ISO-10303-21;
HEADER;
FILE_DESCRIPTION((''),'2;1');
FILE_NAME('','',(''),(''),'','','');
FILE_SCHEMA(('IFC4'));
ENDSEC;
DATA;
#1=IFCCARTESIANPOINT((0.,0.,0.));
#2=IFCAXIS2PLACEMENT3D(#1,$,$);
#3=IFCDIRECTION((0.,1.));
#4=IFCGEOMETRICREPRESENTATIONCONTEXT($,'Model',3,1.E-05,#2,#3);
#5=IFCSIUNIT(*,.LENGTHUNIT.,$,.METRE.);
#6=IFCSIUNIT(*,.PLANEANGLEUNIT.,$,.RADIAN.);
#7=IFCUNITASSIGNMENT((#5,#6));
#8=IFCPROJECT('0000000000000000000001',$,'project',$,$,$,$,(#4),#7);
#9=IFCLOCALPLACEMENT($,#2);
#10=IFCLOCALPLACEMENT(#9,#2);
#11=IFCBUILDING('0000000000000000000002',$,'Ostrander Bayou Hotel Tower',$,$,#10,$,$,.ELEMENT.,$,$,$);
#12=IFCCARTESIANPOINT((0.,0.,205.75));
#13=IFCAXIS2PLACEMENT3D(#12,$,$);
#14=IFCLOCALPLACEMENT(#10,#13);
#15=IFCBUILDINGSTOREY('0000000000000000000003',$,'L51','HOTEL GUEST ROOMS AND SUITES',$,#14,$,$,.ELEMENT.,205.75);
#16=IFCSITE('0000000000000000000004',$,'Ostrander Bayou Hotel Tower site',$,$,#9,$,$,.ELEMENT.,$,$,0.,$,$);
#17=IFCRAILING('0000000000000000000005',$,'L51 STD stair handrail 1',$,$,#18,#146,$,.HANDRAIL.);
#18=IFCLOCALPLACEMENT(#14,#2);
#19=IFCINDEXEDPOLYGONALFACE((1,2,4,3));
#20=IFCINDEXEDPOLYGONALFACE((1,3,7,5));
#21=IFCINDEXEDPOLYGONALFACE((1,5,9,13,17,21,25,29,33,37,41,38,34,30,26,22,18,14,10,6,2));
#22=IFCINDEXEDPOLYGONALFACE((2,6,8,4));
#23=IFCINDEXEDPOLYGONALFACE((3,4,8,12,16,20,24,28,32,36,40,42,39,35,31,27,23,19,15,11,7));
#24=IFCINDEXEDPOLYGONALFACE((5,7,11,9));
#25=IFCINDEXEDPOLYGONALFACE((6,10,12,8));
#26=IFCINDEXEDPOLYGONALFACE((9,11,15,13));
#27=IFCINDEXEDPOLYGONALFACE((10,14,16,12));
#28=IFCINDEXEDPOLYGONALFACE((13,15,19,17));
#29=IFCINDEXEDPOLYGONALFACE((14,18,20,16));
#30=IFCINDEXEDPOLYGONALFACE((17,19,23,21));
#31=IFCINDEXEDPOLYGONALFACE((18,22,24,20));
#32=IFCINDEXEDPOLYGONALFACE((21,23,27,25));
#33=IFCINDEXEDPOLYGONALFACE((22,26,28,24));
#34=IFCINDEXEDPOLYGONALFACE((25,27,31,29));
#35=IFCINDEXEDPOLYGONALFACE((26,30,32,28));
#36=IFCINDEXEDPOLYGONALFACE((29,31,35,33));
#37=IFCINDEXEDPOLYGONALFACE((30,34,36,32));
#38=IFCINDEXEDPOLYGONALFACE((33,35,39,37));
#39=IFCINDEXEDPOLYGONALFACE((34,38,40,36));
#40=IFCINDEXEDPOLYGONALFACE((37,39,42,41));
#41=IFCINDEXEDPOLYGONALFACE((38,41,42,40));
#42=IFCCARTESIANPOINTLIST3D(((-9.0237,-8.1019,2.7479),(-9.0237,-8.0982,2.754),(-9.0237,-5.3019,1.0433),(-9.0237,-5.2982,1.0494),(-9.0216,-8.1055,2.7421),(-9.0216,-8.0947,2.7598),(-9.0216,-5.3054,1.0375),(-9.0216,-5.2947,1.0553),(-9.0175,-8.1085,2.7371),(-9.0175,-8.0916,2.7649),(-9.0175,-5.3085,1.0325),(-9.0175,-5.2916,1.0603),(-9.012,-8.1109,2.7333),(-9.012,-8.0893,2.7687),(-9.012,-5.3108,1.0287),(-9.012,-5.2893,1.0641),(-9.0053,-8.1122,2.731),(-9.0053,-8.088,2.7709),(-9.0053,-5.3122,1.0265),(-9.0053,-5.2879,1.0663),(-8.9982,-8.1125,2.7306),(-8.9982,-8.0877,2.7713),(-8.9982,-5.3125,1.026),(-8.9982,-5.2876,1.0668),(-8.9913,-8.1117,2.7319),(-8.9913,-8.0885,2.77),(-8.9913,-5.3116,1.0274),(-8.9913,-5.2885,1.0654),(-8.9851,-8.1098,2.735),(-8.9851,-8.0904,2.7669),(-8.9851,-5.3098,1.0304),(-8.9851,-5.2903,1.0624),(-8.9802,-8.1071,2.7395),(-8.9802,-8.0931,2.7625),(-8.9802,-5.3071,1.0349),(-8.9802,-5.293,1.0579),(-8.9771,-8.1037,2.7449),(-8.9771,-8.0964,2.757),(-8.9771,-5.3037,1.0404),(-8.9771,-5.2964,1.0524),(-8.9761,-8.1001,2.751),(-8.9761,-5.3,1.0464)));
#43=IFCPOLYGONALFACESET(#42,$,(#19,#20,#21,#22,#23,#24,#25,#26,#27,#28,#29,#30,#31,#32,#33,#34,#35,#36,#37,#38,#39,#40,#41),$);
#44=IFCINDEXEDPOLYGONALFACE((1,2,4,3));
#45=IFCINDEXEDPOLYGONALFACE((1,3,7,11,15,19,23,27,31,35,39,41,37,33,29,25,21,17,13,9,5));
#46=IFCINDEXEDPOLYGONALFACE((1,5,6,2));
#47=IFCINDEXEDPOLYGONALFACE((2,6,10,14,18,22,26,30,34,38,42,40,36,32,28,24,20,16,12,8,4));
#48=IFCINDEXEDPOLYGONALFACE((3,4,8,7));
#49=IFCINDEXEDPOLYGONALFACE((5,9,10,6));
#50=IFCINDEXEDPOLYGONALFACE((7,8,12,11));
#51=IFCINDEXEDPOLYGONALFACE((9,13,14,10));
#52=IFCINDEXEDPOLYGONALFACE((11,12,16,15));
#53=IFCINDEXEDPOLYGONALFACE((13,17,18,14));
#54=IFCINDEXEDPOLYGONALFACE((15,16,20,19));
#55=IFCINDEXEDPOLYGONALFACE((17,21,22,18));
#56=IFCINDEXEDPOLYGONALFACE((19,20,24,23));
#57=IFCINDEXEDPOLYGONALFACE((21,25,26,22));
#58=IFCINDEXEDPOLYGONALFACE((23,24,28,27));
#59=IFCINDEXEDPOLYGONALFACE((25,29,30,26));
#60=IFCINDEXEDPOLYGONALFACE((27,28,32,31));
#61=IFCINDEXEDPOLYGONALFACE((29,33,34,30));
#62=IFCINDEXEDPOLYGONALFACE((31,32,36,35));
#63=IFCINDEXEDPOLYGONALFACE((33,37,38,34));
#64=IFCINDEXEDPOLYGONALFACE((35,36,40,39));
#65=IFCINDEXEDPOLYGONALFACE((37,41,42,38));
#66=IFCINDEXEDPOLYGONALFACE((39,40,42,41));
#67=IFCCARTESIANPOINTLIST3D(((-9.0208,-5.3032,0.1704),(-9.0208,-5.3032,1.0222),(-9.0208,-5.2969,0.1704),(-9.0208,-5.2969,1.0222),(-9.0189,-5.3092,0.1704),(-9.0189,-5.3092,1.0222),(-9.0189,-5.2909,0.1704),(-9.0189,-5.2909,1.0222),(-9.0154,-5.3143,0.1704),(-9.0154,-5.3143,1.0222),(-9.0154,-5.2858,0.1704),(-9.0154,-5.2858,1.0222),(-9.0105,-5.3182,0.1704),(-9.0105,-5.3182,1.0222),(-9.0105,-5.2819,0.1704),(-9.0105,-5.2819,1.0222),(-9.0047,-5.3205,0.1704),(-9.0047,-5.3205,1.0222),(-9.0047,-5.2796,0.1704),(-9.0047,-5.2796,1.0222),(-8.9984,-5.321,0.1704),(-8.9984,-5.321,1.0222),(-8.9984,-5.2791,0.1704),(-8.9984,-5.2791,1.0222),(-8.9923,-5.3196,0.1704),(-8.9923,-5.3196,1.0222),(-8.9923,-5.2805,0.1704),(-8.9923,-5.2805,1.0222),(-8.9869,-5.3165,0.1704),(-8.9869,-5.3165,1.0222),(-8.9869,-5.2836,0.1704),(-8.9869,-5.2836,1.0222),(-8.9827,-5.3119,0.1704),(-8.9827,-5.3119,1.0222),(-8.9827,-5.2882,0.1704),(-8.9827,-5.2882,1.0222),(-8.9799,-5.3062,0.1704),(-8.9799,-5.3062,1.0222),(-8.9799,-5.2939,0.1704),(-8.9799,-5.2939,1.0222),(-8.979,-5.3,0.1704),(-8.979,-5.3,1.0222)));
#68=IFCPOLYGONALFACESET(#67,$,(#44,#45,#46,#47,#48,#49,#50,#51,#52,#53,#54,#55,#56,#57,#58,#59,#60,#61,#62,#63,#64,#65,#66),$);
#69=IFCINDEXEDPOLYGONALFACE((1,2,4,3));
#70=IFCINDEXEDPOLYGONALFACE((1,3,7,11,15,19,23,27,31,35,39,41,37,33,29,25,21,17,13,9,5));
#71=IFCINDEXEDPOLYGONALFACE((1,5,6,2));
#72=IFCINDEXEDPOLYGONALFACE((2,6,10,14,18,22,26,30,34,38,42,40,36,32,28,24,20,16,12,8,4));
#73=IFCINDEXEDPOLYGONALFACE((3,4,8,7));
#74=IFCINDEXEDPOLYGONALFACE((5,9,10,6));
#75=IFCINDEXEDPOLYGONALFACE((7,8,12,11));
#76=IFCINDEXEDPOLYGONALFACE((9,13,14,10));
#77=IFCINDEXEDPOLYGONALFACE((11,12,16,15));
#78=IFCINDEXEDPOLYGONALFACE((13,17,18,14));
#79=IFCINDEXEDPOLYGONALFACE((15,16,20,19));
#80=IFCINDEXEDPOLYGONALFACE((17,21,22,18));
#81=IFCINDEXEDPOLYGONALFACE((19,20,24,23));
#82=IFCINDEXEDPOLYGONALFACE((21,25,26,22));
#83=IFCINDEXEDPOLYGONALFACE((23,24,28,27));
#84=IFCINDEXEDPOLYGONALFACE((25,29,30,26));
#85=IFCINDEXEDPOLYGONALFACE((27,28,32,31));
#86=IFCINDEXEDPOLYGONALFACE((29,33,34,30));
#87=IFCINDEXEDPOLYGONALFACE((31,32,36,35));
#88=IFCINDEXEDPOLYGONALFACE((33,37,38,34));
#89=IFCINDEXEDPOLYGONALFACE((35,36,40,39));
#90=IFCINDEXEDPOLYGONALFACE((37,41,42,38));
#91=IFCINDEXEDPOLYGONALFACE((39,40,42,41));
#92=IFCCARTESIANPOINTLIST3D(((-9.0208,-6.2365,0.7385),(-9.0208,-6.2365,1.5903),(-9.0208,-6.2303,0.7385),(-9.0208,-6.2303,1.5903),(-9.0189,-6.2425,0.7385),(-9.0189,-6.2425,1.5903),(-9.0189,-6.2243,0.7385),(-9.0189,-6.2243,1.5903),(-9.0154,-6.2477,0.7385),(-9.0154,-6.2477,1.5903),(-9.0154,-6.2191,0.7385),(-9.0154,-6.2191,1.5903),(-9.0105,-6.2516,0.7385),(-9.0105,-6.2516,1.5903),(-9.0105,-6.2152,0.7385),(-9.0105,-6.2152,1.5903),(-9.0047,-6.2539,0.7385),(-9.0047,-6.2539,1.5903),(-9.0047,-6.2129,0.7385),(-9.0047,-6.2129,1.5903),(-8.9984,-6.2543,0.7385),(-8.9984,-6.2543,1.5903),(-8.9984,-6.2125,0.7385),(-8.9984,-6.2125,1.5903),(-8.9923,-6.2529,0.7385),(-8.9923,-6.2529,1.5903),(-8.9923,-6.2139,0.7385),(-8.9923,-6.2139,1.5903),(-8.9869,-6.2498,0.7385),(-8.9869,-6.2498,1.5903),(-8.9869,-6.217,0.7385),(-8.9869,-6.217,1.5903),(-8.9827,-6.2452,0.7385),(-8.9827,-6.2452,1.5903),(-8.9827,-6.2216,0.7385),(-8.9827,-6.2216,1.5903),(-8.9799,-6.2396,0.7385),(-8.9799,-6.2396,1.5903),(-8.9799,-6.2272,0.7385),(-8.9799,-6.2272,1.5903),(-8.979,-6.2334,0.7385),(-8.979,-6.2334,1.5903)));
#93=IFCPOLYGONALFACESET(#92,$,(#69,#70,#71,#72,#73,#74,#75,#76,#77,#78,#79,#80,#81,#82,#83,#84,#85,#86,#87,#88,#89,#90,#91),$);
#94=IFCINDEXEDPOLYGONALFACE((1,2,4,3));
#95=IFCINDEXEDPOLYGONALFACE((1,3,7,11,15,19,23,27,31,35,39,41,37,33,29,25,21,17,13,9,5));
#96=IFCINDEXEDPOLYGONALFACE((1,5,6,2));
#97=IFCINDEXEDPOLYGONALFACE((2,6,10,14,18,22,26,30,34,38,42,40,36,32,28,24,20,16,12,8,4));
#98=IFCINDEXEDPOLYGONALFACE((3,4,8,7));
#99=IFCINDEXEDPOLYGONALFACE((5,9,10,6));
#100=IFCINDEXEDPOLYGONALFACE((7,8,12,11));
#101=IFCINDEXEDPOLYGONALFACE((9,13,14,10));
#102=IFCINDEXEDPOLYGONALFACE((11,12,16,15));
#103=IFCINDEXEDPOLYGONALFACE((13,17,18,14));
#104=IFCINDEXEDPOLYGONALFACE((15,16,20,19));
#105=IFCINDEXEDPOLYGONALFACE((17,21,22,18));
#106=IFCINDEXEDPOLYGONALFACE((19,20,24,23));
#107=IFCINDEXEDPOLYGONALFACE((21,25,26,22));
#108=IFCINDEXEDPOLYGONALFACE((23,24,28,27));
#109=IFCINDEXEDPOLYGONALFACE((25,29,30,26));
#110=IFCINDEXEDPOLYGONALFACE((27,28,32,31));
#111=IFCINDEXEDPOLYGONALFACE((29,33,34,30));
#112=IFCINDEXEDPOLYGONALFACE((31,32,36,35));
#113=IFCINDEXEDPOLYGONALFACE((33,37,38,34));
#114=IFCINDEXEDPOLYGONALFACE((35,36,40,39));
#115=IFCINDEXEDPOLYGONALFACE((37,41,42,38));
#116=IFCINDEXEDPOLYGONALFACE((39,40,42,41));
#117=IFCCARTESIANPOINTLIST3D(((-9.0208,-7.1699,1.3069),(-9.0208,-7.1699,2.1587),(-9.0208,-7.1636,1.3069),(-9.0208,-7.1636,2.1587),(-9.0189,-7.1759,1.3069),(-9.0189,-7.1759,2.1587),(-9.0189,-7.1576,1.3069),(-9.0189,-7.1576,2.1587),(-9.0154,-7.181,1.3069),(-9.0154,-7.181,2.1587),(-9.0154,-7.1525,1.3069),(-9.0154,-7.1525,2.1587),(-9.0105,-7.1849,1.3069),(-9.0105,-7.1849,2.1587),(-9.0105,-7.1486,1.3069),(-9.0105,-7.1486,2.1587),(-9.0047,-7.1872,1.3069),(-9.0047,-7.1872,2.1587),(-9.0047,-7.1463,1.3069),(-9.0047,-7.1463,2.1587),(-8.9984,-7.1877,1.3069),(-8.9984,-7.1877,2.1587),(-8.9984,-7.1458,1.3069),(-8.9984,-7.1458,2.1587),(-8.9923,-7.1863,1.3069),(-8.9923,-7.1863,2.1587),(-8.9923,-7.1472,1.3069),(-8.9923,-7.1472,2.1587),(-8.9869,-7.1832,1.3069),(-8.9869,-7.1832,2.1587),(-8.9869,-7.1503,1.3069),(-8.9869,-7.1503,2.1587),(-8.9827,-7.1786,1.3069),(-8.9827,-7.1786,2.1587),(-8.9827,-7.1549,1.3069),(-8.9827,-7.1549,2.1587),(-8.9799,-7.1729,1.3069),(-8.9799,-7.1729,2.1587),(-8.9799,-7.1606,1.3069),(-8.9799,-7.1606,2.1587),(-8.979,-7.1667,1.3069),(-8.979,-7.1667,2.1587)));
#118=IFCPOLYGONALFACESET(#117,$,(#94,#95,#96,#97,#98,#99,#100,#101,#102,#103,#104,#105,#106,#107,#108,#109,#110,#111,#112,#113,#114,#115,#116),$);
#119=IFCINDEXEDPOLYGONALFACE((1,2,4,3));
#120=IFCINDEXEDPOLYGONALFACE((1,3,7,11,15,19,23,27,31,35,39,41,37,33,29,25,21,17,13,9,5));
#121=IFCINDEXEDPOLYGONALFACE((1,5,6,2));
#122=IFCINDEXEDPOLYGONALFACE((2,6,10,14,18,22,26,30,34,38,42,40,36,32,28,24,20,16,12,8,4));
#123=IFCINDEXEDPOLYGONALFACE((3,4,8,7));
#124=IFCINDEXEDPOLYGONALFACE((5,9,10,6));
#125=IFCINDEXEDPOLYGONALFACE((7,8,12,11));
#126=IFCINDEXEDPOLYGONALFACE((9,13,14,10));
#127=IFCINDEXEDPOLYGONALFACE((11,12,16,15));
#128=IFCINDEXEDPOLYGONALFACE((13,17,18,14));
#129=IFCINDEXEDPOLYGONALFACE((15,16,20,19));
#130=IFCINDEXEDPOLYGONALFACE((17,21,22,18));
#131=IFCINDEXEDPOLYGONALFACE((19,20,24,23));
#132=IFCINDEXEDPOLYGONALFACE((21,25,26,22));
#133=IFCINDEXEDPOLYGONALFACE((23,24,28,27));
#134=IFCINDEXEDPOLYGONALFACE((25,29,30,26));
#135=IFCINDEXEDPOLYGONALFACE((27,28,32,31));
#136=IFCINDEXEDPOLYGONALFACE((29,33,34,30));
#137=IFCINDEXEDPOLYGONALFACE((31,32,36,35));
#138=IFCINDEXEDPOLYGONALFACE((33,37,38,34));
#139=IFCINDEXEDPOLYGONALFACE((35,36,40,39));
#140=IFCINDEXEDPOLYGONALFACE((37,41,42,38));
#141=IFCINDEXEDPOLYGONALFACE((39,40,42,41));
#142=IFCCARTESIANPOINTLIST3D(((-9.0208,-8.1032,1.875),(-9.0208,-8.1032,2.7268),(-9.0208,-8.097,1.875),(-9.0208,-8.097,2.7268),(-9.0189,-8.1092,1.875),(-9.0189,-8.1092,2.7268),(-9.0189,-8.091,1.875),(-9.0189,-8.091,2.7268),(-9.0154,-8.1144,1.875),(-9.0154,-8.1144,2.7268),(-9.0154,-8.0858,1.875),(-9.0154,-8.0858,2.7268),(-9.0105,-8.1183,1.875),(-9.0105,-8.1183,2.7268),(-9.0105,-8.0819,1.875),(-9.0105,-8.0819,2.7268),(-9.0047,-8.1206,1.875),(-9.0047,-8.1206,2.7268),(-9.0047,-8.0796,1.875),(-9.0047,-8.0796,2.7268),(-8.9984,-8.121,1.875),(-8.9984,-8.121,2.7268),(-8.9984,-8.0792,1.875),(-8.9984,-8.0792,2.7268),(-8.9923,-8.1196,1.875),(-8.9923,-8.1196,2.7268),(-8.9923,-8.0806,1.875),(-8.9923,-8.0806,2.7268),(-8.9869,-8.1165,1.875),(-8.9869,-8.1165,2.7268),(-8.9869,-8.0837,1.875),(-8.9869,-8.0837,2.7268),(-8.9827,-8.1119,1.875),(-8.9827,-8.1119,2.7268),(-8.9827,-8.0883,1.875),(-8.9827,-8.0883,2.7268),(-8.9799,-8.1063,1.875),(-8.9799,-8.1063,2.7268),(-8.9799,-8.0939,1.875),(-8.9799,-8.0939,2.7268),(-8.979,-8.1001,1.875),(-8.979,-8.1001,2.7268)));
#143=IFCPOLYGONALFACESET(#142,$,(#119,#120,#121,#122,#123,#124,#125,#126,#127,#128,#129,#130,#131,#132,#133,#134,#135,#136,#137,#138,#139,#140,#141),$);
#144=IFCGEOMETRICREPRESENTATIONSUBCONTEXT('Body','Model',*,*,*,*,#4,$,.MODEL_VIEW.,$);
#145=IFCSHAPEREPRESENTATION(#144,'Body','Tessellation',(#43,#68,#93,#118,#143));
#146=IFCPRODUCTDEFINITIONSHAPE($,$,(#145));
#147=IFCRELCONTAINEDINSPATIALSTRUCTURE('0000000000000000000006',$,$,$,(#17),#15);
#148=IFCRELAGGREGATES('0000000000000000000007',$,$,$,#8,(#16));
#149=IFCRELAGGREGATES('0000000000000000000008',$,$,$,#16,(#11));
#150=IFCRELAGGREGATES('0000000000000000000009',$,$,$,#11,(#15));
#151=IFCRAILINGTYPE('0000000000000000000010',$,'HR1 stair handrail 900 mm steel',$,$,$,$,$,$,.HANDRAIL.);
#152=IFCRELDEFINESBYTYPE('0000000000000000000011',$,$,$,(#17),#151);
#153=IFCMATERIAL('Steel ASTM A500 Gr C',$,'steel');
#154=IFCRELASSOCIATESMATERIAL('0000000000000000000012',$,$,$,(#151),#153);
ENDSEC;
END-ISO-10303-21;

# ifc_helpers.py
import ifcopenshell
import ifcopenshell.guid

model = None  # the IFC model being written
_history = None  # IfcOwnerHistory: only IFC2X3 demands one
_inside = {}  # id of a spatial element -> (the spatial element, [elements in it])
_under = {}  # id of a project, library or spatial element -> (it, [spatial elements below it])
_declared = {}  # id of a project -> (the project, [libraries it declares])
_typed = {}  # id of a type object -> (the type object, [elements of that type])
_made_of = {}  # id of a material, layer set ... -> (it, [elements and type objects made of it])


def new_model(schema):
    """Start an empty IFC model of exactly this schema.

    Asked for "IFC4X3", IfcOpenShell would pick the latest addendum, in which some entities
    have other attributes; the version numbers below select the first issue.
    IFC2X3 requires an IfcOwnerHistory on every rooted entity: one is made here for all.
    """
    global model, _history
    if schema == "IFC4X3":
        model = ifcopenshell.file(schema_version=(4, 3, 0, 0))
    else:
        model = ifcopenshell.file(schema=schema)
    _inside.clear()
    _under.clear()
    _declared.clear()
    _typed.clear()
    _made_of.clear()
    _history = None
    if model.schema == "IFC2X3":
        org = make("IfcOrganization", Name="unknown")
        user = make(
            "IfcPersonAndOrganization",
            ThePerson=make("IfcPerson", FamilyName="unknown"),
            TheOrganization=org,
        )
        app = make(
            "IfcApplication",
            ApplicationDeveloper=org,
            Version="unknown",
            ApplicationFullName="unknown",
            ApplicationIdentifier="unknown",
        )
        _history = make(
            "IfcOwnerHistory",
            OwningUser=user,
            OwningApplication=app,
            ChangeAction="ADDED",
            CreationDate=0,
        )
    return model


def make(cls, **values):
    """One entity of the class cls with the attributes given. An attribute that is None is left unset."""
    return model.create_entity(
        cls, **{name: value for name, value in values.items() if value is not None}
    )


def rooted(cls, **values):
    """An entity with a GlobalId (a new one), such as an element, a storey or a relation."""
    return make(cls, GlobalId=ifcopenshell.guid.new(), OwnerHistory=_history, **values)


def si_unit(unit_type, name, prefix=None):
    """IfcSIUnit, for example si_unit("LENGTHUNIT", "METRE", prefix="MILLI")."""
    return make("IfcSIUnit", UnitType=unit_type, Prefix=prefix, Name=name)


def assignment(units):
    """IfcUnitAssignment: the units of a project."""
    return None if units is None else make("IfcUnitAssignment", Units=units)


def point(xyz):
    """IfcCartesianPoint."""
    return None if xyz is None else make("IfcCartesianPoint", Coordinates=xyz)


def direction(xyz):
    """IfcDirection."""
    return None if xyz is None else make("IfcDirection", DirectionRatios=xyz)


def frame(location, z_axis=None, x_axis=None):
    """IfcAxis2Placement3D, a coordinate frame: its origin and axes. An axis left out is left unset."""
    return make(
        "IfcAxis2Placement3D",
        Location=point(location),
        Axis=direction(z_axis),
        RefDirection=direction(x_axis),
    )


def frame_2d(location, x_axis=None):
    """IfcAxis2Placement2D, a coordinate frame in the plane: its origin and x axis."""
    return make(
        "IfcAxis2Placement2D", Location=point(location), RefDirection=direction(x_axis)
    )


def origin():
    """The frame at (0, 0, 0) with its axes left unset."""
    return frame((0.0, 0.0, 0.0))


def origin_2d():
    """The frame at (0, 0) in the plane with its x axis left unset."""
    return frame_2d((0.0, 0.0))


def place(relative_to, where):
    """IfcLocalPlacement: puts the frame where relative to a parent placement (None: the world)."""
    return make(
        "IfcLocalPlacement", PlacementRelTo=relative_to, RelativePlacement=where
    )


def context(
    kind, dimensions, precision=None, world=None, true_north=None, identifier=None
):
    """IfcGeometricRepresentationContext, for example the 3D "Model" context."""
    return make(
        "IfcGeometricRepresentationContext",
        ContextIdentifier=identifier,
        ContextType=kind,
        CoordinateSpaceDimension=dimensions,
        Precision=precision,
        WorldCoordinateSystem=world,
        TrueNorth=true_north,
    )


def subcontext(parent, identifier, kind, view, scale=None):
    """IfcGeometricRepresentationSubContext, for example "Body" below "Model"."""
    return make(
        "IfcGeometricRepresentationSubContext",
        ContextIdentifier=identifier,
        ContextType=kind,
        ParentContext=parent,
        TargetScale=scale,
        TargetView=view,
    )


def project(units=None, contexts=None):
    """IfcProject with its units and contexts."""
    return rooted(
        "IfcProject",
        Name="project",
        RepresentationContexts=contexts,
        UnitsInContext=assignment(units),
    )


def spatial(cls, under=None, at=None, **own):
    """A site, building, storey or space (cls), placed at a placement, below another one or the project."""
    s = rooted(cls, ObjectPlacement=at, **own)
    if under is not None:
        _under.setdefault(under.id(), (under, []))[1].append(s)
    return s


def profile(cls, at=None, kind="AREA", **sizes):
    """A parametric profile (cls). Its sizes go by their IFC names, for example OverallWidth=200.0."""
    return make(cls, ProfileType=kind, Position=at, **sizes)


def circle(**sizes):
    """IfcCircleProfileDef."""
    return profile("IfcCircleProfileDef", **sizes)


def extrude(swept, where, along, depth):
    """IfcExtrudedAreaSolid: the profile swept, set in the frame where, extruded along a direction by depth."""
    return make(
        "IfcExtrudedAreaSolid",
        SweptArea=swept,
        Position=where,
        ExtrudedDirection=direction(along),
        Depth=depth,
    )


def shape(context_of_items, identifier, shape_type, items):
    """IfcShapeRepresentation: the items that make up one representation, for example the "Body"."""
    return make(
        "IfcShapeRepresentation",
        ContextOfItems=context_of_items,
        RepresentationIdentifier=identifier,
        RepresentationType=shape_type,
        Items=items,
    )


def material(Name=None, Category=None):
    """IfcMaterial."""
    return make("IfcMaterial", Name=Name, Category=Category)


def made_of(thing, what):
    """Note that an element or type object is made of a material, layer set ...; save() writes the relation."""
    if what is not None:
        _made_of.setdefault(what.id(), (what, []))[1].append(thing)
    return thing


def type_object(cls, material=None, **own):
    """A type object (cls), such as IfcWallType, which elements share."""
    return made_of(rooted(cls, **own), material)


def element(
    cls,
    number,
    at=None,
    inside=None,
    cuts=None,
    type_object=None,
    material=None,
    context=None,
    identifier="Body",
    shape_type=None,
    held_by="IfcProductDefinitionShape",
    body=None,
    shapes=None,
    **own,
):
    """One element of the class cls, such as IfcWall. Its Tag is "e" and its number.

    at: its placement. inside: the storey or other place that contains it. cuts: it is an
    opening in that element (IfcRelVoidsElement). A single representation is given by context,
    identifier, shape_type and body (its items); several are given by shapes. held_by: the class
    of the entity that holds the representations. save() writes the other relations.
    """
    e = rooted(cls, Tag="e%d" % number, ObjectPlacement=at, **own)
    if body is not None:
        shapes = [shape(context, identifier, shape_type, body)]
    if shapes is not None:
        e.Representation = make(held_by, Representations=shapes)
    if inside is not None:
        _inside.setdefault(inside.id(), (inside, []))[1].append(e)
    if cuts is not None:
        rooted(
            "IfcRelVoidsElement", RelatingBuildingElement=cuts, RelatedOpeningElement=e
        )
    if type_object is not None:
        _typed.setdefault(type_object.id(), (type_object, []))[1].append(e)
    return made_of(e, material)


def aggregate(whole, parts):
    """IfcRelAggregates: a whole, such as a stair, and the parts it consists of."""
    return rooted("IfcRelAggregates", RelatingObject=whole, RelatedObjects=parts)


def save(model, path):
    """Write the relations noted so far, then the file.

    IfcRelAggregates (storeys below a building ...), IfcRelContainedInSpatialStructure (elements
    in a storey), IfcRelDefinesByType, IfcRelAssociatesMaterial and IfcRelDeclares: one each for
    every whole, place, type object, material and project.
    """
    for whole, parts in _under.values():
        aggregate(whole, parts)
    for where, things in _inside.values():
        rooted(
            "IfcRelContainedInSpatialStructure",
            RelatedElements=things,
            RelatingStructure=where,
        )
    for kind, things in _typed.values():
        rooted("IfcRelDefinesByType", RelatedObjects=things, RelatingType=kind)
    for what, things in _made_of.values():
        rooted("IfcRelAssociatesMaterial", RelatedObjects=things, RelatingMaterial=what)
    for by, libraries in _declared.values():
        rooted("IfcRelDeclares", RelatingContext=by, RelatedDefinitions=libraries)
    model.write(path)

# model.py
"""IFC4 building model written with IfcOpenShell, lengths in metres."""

from ifc_helpers import new_model, si_unit, direction, frame, origin, origin_2d, place, context, subcontext, project, spatial, circle, extrude, material, type_object, element, save


model = new_model("IFC4")

# Units and contexts
model_context = context("Model", 3, precision=1e-05, world=origin(), true_north=direction((0.0, 1.0)))
body_context = subcontext(model_context, "Body", "Model", "MODEL_VIEW")
ifc_project = project(units=[si_unit("LENGTHUNIT", "METRE"), si_unit("PLANEANGLEUNIT", "RADIAN")], contexts=[model_context])

# Site, building, storey
site_placement = place(None, origin())
site = spatial("IfcSite", under=ifc_project, at=site_placement, Name="Ostrander Bayou Hotel Tower site", CompositionType="ELEMENT", RefElevation=0.0)
building_placement = place(site_placement, origin())
building = spatial("IfcBuilding", under=site, at=building_placement, Name="Ostrander Bayou Hotel Tower", CompositionType="ELEMENT")
storey_placement = place(building_placement, frame((0.0, 0.0, 205.75)))
storey = spatial("IfcBuildingStorey", under=building, at=storey_placement, Name="L51", Description="HOTEL GUEST ROOMS AND SUITES", CompositionType="ELEMENT", Elevation=205.75)

# Railing
ifc_material_1 = material(Name="Steel ASTM A500 Gr C", Category="steel")
railing_type_1 = type_object("IfcRailingType", Name="HR1 stair handrail 900 mm steel", PredefinedType="HANDRAIL", material=ifc_material_1)
railing_1_placement = place(storey_placement, frame((-9.0, -5.3, 0.1704)))
element("IfcRailing", 1, at=railing_1_placement, inside=storey, type_object=railing_type_1, Name="L51 STD stair handrail 1", PredefinedType="HANDRAIL", context=body_context, shape_type="SweptSolid", body=[
    extrude(circle(Radius=0.0239, at=origin_2d()), frame((0.0, 0.0, 0.876), z_axis=(0.0, -0.85417, 0.519994), x_axis=(1.0, 0.0, 0.0)), (0.0, 0.0, 1.0), 3.2781),
    extrude(circle(Radius=0.021, at=origin_2d()), origin(), (0.0, 0.0, 1.0), 0.8518),
    extrude(circle(Radius=0.021, at=origin_2d()), frame((0.0, -0.9333, 0.5681)), (0.0, 0.0, 1.0), 0.8518),
    extrude(circle(Radius=0.021, at=origin_2d()), frame((0.0, -1.8667, 1.1365)), (0.0, 0.0, 1.0), 0.8518),
    extrude(circle(Radius=0.021, at=origin_2d()), frame((0.0, -2.8, 1.7046)), (0.0, 0.0, 1.0), 0.8518),
])

save(model, "model.ifc")
